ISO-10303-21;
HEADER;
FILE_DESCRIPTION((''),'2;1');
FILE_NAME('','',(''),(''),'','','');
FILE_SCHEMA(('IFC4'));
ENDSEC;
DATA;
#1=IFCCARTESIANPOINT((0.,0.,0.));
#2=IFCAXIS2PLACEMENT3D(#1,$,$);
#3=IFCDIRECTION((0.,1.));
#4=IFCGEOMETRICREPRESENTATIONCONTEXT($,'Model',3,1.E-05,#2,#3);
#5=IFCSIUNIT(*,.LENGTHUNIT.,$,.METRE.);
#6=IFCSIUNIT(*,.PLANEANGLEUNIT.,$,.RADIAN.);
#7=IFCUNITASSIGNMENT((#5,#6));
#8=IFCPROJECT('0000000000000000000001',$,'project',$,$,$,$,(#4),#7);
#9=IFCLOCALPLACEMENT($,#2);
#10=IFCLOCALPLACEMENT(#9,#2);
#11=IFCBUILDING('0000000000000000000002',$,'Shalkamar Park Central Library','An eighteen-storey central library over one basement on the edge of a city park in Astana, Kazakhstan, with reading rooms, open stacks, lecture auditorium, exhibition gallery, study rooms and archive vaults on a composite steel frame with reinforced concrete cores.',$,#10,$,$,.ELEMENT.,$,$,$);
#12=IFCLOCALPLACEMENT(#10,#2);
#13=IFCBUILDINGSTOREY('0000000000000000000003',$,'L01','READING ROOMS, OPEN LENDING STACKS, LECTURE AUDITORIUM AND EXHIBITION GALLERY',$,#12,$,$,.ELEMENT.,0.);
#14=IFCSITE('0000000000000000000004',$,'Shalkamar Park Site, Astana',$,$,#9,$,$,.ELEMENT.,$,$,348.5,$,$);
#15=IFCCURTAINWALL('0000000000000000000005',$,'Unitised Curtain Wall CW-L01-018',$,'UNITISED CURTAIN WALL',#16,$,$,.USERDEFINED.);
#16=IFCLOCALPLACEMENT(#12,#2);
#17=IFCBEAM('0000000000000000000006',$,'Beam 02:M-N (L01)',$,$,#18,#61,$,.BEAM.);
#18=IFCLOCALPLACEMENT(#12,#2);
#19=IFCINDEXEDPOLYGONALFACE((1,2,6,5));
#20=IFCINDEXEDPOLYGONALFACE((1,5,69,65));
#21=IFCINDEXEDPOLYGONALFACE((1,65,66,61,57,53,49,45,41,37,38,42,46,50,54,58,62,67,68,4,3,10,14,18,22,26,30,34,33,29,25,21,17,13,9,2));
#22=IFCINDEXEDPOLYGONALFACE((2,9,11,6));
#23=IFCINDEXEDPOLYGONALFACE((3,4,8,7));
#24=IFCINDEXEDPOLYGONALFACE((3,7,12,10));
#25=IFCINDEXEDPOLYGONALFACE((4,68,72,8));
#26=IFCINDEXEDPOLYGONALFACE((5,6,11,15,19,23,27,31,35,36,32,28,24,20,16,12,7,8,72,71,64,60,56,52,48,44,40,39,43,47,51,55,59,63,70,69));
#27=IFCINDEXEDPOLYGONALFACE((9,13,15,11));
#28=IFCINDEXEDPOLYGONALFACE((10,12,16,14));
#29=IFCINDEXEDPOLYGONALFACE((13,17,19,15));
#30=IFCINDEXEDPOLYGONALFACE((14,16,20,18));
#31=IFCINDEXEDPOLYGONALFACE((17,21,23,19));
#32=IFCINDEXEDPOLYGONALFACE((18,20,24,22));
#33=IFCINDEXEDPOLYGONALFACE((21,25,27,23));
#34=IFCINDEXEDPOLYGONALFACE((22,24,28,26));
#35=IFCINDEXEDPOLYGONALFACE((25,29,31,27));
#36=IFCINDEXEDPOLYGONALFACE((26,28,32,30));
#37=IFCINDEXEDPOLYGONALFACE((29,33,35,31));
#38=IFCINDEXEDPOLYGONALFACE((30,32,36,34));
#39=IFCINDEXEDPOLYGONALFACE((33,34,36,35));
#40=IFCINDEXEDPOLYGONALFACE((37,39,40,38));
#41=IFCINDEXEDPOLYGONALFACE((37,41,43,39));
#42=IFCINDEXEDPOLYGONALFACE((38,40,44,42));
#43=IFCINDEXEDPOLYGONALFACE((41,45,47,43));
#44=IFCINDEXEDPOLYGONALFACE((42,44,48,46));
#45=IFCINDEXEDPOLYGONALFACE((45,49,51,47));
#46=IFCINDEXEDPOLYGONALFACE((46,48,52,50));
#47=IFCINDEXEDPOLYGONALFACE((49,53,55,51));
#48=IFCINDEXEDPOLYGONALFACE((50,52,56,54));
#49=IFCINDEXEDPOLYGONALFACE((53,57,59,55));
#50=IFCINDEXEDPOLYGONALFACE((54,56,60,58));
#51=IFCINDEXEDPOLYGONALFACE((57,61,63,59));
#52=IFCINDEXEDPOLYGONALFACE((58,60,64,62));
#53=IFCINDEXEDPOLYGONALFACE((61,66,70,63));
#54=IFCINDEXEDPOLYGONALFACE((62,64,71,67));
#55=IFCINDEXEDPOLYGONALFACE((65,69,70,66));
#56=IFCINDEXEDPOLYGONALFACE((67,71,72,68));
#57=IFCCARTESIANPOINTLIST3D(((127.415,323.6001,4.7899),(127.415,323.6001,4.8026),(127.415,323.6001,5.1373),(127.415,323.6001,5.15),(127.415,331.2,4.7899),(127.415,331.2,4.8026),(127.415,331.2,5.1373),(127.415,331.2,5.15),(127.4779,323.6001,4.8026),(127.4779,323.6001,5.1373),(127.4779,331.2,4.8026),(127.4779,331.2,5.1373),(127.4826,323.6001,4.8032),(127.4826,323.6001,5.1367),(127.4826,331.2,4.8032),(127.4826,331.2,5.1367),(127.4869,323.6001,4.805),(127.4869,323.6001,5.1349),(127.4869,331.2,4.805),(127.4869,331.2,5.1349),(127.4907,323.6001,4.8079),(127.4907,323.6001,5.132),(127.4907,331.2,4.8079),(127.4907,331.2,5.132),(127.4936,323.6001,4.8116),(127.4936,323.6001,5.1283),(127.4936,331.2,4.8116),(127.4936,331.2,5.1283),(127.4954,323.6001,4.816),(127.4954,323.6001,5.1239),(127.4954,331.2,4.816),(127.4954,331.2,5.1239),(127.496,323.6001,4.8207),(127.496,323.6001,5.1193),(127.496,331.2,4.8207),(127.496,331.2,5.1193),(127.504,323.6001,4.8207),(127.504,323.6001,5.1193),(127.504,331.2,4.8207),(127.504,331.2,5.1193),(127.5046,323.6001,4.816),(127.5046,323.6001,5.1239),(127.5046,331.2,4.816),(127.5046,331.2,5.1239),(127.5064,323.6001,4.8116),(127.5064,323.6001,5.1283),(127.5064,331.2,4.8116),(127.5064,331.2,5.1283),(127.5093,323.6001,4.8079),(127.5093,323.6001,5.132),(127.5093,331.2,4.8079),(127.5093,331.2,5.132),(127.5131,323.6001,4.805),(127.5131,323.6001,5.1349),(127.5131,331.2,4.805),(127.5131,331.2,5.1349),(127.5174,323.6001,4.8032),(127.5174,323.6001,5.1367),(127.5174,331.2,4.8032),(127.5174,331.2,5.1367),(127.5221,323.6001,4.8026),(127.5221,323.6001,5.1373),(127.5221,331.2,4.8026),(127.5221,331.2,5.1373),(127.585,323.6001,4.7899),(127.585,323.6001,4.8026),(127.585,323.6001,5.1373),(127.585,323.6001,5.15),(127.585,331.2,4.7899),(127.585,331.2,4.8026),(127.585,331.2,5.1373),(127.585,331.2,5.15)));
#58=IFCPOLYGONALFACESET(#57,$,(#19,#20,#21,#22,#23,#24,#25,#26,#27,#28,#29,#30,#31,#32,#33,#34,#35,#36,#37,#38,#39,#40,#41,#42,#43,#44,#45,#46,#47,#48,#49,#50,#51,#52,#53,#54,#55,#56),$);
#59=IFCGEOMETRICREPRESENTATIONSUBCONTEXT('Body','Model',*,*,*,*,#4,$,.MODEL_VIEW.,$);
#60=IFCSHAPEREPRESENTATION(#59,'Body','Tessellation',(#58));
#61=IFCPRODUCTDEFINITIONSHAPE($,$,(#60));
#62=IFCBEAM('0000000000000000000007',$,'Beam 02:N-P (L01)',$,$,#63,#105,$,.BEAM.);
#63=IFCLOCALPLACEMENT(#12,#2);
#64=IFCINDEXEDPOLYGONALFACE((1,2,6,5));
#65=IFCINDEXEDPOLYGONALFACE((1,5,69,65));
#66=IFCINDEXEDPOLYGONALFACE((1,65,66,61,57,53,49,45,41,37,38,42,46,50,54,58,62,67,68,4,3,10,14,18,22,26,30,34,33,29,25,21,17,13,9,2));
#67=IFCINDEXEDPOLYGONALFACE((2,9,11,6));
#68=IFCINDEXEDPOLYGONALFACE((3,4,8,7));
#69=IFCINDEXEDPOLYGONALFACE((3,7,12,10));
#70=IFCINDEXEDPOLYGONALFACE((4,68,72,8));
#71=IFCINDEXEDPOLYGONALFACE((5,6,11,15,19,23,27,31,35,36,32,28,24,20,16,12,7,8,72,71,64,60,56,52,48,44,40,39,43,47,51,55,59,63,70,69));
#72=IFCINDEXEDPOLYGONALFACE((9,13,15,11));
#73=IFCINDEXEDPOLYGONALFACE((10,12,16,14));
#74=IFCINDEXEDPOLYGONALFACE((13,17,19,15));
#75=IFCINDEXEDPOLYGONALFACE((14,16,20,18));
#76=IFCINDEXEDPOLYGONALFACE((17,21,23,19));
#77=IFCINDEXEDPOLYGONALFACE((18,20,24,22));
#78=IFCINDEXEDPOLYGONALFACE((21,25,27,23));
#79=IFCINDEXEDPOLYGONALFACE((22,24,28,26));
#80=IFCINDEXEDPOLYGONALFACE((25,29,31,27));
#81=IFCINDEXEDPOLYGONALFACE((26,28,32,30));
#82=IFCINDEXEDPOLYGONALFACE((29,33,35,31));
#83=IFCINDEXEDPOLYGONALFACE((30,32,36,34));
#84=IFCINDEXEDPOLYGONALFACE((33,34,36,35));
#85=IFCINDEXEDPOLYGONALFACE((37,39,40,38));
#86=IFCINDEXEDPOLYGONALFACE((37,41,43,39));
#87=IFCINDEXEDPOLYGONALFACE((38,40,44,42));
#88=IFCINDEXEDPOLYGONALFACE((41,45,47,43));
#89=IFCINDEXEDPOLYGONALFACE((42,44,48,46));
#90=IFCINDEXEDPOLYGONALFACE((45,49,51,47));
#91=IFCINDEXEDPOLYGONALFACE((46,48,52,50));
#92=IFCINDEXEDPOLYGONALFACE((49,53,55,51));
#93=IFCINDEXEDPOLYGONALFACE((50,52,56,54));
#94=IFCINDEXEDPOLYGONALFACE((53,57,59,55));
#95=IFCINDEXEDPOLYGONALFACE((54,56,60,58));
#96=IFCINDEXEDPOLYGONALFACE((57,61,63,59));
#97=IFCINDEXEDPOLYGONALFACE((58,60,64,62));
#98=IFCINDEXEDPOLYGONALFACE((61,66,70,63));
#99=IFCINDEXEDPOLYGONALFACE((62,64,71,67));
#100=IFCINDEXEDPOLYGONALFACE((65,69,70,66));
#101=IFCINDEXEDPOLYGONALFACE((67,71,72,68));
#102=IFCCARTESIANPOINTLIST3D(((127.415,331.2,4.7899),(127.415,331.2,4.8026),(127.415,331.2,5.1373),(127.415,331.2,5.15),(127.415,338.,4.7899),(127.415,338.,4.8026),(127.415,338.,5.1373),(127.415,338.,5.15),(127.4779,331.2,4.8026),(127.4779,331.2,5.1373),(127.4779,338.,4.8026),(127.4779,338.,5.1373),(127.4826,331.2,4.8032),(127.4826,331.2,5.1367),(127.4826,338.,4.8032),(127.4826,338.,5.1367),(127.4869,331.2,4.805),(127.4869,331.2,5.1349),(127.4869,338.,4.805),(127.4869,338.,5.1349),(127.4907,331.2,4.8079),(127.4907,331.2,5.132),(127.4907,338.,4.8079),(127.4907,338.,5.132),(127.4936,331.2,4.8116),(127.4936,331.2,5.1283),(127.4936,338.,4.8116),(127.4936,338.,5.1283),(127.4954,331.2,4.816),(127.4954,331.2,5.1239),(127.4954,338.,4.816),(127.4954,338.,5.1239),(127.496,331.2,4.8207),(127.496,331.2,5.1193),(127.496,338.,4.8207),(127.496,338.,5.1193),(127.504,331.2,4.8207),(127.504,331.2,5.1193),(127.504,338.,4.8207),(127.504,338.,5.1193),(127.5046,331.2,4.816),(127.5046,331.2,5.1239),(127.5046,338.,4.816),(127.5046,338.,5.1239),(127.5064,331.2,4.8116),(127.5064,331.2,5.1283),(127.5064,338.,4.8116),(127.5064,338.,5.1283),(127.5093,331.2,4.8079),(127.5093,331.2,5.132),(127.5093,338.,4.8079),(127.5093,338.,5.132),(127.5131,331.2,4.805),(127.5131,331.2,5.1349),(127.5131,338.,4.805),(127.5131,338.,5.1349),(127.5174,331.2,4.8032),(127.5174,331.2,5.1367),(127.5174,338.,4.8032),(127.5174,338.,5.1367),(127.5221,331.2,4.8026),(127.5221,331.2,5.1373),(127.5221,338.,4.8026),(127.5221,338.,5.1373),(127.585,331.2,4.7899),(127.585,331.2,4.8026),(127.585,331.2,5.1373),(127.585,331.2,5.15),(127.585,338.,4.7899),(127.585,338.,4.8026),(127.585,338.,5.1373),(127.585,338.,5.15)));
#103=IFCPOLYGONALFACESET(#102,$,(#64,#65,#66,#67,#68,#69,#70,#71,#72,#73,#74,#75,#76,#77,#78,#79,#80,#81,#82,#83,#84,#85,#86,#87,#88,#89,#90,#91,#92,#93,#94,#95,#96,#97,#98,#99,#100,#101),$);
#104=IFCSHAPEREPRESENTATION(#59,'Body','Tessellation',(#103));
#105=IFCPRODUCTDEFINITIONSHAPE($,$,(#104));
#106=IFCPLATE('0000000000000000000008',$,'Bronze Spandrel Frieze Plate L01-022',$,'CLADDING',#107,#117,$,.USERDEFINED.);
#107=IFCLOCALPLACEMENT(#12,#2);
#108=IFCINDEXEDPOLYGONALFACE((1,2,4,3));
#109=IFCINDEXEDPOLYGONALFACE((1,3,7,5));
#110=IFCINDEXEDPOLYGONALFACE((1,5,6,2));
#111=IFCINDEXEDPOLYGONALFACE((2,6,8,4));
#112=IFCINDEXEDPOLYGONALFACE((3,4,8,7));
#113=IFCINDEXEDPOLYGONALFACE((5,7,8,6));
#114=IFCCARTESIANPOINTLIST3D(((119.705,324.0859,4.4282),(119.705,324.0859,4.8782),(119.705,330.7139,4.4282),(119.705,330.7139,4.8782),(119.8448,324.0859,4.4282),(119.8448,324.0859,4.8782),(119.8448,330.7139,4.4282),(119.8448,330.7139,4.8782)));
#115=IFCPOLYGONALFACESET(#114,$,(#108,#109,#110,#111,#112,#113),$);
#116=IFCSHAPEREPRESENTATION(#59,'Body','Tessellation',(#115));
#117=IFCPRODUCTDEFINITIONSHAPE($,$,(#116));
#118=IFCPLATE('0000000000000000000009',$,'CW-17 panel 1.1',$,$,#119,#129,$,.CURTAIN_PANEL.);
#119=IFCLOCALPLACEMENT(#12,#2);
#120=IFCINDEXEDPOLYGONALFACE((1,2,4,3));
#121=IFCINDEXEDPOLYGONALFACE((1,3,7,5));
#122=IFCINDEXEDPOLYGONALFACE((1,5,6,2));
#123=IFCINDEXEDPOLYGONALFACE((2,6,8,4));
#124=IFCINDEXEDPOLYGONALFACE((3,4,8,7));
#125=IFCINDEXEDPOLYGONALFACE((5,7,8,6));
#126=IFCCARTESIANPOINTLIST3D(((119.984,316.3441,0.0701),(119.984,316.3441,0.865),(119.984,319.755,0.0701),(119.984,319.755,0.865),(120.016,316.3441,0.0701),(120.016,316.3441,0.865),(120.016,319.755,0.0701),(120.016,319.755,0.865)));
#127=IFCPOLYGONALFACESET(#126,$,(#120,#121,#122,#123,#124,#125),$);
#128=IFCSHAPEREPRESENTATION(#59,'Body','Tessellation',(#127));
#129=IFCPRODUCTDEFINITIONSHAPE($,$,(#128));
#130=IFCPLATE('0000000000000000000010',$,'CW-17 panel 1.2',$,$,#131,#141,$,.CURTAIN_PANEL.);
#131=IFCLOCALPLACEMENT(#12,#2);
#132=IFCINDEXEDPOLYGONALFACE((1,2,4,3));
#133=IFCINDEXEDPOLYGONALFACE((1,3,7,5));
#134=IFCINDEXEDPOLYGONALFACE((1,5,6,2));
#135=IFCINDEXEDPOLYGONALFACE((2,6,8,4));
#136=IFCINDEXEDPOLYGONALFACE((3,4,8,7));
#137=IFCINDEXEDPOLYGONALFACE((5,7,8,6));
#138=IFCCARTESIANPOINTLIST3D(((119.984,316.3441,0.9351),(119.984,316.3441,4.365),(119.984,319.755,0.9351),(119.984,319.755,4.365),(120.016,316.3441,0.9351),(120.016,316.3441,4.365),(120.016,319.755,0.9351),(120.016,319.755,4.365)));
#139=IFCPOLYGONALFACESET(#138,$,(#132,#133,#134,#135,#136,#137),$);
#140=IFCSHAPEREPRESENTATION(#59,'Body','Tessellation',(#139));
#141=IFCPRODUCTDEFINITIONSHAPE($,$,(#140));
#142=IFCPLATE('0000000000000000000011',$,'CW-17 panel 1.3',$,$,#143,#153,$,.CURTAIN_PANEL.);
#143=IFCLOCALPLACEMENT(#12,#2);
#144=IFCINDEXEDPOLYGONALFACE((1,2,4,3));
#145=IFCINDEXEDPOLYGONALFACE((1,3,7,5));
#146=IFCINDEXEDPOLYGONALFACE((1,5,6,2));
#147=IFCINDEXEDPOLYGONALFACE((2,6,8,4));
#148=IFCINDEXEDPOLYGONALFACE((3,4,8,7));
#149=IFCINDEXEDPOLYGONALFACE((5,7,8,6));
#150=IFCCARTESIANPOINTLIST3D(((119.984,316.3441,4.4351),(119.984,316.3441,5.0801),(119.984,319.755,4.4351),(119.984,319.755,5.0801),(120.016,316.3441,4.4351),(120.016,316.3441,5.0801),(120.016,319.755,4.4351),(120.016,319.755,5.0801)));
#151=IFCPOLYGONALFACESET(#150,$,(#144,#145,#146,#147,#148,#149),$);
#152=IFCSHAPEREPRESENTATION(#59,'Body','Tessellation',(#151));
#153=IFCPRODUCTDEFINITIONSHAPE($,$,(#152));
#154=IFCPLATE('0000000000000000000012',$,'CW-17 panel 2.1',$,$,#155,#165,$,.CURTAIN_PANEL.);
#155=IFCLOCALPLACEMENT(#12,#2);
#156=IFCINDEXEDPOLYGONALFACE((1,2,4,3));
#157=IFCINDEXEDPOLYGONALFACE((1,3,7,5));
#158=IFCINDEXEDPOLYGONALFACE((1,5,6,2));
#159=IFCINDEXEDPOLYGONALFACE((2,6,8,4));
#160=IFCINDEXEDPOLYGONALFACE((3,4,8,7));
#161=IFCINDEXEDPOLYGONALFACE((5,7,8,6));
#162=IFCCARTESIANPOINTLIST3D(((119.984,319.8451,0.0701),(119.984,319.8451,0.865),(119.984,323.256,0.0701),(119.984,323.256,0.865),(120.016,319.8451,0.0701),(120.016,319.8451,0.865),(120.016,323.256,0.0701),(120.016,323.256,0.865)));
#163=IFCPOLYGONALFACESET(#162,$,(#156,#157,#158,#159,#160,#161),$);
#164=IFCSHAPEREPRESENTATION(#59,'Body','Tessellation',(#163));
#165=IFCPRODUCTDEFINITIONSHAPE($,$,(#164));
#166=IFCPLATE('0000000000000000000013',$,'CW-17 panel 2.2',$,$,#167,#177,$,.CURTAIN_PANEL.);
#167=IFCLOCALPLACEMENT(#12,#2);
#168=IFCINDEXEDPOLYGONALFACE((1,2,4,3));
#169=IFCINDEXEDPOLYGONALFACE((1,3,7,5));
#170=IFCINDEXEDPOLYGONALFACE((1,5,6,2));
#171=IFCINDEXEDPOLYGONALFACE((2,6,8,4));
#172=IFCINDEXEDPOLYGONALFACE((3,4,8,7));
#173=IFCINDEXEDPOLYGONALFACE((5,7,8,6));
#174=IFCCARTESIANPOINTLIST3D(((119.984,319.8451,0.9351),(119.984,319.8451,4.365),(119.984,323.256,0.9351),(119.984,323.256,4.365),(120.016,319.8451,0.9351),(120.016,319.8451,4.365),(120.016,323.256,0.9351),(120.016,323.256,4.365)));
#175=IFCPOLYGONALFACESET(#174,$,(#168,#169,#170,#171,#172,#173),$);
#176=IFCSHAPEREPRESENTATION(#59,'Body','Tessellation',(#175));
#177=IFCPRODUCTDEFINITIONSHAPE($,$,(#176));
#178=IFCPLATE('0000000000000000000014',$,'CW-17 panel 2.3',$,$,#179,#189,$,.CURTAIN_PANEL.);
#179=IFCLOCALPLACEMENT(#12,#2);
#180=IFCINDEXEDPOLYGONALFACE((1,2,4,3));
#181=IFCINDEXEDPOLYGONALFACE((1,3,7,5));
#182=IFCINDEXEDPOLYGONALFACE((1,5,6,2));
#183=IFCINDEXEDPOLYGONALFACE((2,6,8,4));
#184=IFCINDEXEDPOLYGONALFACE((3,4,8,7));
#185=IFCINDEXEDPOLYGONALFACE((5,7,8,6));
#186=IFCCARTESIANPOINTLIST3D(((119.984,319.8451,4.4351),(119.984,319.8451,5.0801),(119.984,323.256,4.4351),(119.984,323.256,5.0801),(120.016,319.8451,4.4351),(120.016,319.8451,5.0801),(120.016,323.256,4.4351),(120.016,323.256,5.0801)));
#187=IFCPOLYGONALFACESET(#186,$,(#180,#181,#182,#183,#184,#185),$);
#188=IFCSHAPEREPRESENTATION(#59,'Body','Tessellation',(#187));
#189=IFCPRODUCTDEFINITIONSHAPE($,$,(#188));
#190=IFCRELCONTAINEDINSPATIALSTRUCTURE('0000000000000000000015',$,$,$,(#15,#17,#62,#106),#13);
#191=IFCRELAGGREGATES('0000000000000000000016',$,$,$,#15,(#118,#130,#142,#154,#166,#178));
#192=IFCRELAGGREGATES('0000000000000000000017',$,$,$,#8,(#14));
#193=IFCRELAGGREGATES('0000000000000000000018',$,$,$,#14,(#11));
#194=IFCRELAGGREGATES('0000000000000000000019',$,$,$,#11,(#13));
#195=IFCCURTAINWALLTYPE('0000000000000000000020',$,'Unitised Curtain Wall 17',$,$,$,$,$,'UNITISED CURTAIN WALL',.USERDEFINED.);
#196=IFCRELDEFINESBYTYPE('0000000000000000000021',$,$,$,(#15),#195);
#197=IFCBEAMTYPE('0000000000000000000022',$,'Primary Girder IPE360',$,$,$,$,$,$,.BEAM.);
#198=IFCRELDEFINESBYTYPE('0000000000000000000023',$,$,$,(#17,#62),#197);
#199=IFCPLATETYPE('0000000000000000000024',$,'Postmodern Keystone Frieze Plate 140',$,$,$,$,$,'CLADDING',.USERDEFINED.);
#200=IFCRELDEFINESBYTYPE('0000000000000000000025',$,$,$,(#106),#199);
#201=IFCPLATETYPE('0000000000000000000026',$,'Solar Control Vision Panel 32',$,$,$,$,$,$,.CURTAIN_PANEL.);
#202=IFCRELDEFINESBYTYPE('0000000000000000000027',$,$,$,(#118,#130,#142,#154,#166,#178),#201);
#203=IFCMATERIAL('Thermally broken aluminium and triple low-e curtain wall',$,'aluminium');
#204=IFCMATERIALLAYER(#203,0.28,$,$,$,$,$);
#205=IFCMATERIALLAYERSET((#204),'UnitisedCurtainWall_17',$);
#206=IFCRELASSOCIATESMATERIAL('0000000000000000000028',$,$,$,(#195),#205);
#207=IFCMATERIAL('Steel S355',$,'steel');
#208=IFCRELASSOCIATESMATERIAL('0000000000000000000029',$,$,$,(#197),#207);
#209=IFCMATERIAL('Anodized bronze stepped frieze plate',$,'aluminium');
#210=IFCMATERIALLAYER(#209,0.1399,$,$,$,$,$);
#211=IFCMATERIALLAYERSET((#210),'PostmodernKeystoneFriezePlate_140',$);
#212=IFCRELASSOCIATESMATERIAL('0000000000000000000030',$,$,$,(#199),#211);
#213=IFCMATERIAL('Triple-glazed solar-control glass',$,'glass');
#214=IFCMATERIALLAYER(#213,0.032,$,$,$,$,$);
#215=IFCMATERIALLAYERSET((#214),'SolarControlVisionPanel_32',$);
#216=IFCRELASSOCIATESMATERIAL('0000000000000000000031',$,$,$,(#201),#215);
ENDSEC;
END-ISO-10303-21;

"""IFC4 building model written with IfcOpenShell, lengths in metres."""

from ifc_helpers import new_model, si_unit, direction, frame, origin, origin_2d, place, context, subcontext, project, spatial, rectangle, i_section, extrude, material, layer, layer_set, material_profile, profile_set, type_object, element, aggregate, save


model = new_model("IFC4")

# Units and contexts
model_context = context("Model", 3, precision=1e-05, world=origin(), true_north=direction((0.0, 1.0)))
body_context = subcontext(model_context, "Body", "Model", "MODEL_VIEW")
ifc_project = project(units=[si_unit("LENGTHUNIT", "METRE"), si_unit("PLANEANGLEUNIT", "RADIAN")], contexts=[model_context])

# Site, building, storey
site_placement = place(None, origin())
site = spatial("IfcSite", under=ifc_project, at=site_placement, Name="Shalkamar Park Site, Astana", CompositionType="ELEMENT", RefElevation=348.5)
building_placement = place(site_placement, origin())
building = spatial("IfcBuilding", under=site, at=building_placement, Name="Shalkamar Park Central Library", Description="An eighteen-storey central library over one basement on the edge of a city park in Astana, Kazakhstan, with reading rooms, open stacks, lecture auditorium, exhibition gallery, study rooms and archive vaults on a composite steel frame with reinforced concrete cores.", CompositionType="ELEMENT")
storey_placement = place(building_placement, origin())
storey = spatial("IfcBuildingStorey", under=building, at=storey_placement, Name="L01", Description="READING ROOMS, OPEN LENDING STACKS, LECTURE AUDITORIUM AND EXHIBITION GALLERY", CompositionType="ELEMENT", Elevation=0.0)

# Shared definitions
ifc_material_1 = material(Name="Steel S355", Category="steel")

# Curtain wall
ifc_material_2 = material(Name="Thermally broken aluminium and triple low-e curtain wall", Category="aluminium")
ifc_layer_1 = layer(ifc_material_2, 0.28)
ifc_layer_set_1 = layer_set([ifc_layer_1], Name="UnitisedCurtainWall_17")
curtain_wall_type = type_object("IfcCurtainWallType", Name="Unitised Curtain Wall 17", ElementType="UNITISED CURTAIN WALL", PredefinedType="USERDEFINED", material=ifc_layer_set_1)
curtain_wall_placement = place(storey_placement, origin())
curtain_wall = element("IfcCurtainWall", 1, at=curtain_wall_placement, inside=storey, type_object=curtain_wall_type, Name="Unitised Curtain Wall CW-L01-018", ObjectType="UNITISED CURTAIN WALL", PredefinedType="USERDEFINED")

# Beams
ifc_material_profile_1 = material_profile(ifc_material_1, i_section(OverallWidth=0.1699, OverallDepth=0.3601, WebThickness=0.0081, FlangeThickness=0.0127, FilletRadius=0.0181, at=origin_2d()), Name="IPE 360")
ifc_profile_set_1 = profile_set([ifc_material_profile_1], Name="Steel S355")
beam_type_1 = type_object("IfcBeamType", Name="Primary Girder IPE360", PredefinedType="BEAM", material=ifc_profile_set_1)
beam_1_placement = place(storey_placement, frame((127.5, 323.6001, 4.97), z_axis=(0.0, 1.0, 0.0), x_axis=(-1.0, 0.0, 0.0)))
element("IfcBeam", 2, at=beam_1_placement, inside=storey, type_object=beam_type_1, Name="Beam 02:M-N (L01)", PredefinedType="BEAM", context=body_context, shape_type="SweptSolid", body=[
    extrude(i_section(OverallWidth=0.1699, OverallDepth=0.3601, WebThickness=0.0081, FlangeThickness=0.0127, FilletRadius=0.0181, at=origin_2d()), origin(), (0.0, 0.0, 1.0), 7.5999),
])
beam_2_placement = place(storey_placement, frame((127.5, 331.2, 4.97), z_axis=(0.0, 1.0, 0.0), x_axis=(-1.0, 0.0, 0.0)))
element("IfcBeam", 3, at=beam_2_placement, inside=storey, type_object=beam_type_1, Name="Beam 02:N-P (L01)", PredefinedType="BEAM", context=body_context, shape_type="SweptSolid", body=[
    extrude(i_section(OverallWidth=0.1699, OverallDepth=0.3601, WebThickness=0.0081, FlangeThickness=0.0127, FilletRadius=0.0181, at=origin_2d()), origin(), (0.0, 0.0, 1.0), 6.8),
])

# Plates
ifc_material_3 = material(Name="Anodized bronze stepped frieze plate", Category="aluminium")
ifc_layer_2 = layer(ifc_material_3, 0.1399)
ifc_layer_set_2 = layer_set([ifc_layer_2], Name="PostmodernKeystoneFriezePlate_140")
plate_type_1 = type_object("IfcPlateType", Name="Postmodern Keystone Frieze Plate 140", ElementType="CLADDING", PredefinedType="USERDEFINED", material=ifc_layer_set_2)
plate_1_placement = place(storey_placement, frame((119.7749, 327.3999, 4.4282), z_axis=(0.0, 0.0, 1.0), x_axis=(1.0, 0.0, 0.0)))
element("IfcPlate", 4, at=plate_1_placement, inside=storey, type_object=plate_type_1, Name="Bronze Spandrel Frieze Plate L01-022", ObjectType="CLADDING", PredefinedType="USERDEFINED", context=body_context, shape_type="SweptSolid", body=[
    extrude(rectangle(XDim=0.1399, YDim=6.6279, at=origin_2d()), origin(), (0.0, 0.0, 1.0), 0.45),
])
ifc_material_4 = material(Name="Triple-glazed solar-control glass", Category="glass")
ifc_layer_3 = layer(ifc_material_4, 0.032)
ifc_layer_set_3 = layer_set([ifc_layer_3], Name="SolarControlVisionPanel_32")
plate_type_2 = type_object("IfcPlateType", Name="Solar Control Vision Panel 32", PredefinedType="CURTAIN_PANEL", material=ifc_layer_set_3)
plate_2_placement = place(storey_placement, frame((120.0, 318.0496, 0.0701), z_axis=(0.0, 0.0, 1.0), x_axis=(0.0, 1.0, 0.0)))
plate_2 = element("IfcPlate", 5, at=plate_2_placement, type_object=plate_type_2, Name="CW-17 panel 1.1", PredefinedType="CURTAIN_PANEL", context=body_context, shape_type="SweptSolid", body=[
    extrude(rectangle(XDim=3.4109, YDim=0.032, at=origin_2d()), origin(), (0.0, 0.0, 1.0), 0.7949),
])
plate_3_placement = place(storey_placement, frame((120.0, 318.0496, 0.9351), z_axis=(0.0, 0.0, 1.0), x_axis=(0.0, 1.0, 0.0)))
plate_3 = element("IfcPlate", 6, at=plate_3_placement, type_object=plate_type_2, Name="CW-17 panel 1.2", PredefinedType="CURTAIN_PANEL", context=body_context, shape_type="SweptSolid", body=[
    extrude(rectangle(XDim=3.4109, YDim=0.032, at=origin_2d()), origin(), (0.0, 0.0, 1.0), 3.4299),
])
plate_4_placement = place(storey_placement, frame((120.0, 318.0496, 4.4351), z_axis=(0.0, 0.0, 1.0), x_axis=(0.0, 1.0, 0.0)))
plate_4 = element("IfcPlate", 7, at=plate_4_placement, type_object=plate_type_2, Name="CW-17 panel 1.3", PredefinedType="CURTAIN_PANEL", context=body_context, shape_type="SweptSolid", body=[
    extrude(rectangle(XDim=3.4109, YDim=0.032, at=origin_2d()), origin(), (0.0, 0.0, 1.0), 0.645),
])
plate_5_placement = place(storey_placement, frame((120.0, 321.5505, 0.0701), z_axis=(0.0, 0.0, 1.0), x_axis=(0.0, 1.0, 0.0)))
plate_5 = element("IfcPlate", 8, at=plate_5_placement, type_object=plate_type_2, Name="CW-17 panel 2.1", PredefinedType="CURTAIN_PANEL", context=body_context, shape_type="SweptSolid", body=[
    extrude(rectangle(XDim=3.4109, YDim=0.032, at=origin_2d()), origin(), (0.0, 0.0, 1.0), 0.7949),
])
plate_6_placement = place(storey_placement, frame((120.0, 321.5505, 0.9351), z_axis=(0.0, 0.0, 1.0), x_axis=(0.0, 1.0, 0.0)))
plate_6 = element("IfcPlate", 9, at=plate_6_placement, type_object=plate_type_2, Name="CW-17 panel 2.2", PredefinedType="CURTAIN_PANEL", context=body_context, shape_type="SweptSolid", body=[
    extrude(rectangle(XDim=3.4109, YDim=0.032, at=origin_2d()), origin(), (0.0, 0.0, 1.0), 3.4299),
])
plate_7_placement = place(storey_placement, frame((120.0, 321.5505, 4.4351), z_axis=(0.0, 0.0, 1.0), x_axis=(0.0, 1.0, 0.0)))
plate_7 = element("IfcPlate", 10, at=plate_7_placement, type_object=plate_type_2, Name="CW-17 panel 2.3", PredefinedType="CURTAIN_PANEL", context=body_context, shape_type="SweptSolid", body=[
    extrude(rectangle(XDim=3.4109, YDim=0.032, at=origin_2d()), origin(), (0.0, 0.0, 1.0), 0.645),
])
aggregate(curtain_wall, [plate_2, plate_3, plate_4, plate_5, plate_6, plate_7])

save(model, "model.ifc")
